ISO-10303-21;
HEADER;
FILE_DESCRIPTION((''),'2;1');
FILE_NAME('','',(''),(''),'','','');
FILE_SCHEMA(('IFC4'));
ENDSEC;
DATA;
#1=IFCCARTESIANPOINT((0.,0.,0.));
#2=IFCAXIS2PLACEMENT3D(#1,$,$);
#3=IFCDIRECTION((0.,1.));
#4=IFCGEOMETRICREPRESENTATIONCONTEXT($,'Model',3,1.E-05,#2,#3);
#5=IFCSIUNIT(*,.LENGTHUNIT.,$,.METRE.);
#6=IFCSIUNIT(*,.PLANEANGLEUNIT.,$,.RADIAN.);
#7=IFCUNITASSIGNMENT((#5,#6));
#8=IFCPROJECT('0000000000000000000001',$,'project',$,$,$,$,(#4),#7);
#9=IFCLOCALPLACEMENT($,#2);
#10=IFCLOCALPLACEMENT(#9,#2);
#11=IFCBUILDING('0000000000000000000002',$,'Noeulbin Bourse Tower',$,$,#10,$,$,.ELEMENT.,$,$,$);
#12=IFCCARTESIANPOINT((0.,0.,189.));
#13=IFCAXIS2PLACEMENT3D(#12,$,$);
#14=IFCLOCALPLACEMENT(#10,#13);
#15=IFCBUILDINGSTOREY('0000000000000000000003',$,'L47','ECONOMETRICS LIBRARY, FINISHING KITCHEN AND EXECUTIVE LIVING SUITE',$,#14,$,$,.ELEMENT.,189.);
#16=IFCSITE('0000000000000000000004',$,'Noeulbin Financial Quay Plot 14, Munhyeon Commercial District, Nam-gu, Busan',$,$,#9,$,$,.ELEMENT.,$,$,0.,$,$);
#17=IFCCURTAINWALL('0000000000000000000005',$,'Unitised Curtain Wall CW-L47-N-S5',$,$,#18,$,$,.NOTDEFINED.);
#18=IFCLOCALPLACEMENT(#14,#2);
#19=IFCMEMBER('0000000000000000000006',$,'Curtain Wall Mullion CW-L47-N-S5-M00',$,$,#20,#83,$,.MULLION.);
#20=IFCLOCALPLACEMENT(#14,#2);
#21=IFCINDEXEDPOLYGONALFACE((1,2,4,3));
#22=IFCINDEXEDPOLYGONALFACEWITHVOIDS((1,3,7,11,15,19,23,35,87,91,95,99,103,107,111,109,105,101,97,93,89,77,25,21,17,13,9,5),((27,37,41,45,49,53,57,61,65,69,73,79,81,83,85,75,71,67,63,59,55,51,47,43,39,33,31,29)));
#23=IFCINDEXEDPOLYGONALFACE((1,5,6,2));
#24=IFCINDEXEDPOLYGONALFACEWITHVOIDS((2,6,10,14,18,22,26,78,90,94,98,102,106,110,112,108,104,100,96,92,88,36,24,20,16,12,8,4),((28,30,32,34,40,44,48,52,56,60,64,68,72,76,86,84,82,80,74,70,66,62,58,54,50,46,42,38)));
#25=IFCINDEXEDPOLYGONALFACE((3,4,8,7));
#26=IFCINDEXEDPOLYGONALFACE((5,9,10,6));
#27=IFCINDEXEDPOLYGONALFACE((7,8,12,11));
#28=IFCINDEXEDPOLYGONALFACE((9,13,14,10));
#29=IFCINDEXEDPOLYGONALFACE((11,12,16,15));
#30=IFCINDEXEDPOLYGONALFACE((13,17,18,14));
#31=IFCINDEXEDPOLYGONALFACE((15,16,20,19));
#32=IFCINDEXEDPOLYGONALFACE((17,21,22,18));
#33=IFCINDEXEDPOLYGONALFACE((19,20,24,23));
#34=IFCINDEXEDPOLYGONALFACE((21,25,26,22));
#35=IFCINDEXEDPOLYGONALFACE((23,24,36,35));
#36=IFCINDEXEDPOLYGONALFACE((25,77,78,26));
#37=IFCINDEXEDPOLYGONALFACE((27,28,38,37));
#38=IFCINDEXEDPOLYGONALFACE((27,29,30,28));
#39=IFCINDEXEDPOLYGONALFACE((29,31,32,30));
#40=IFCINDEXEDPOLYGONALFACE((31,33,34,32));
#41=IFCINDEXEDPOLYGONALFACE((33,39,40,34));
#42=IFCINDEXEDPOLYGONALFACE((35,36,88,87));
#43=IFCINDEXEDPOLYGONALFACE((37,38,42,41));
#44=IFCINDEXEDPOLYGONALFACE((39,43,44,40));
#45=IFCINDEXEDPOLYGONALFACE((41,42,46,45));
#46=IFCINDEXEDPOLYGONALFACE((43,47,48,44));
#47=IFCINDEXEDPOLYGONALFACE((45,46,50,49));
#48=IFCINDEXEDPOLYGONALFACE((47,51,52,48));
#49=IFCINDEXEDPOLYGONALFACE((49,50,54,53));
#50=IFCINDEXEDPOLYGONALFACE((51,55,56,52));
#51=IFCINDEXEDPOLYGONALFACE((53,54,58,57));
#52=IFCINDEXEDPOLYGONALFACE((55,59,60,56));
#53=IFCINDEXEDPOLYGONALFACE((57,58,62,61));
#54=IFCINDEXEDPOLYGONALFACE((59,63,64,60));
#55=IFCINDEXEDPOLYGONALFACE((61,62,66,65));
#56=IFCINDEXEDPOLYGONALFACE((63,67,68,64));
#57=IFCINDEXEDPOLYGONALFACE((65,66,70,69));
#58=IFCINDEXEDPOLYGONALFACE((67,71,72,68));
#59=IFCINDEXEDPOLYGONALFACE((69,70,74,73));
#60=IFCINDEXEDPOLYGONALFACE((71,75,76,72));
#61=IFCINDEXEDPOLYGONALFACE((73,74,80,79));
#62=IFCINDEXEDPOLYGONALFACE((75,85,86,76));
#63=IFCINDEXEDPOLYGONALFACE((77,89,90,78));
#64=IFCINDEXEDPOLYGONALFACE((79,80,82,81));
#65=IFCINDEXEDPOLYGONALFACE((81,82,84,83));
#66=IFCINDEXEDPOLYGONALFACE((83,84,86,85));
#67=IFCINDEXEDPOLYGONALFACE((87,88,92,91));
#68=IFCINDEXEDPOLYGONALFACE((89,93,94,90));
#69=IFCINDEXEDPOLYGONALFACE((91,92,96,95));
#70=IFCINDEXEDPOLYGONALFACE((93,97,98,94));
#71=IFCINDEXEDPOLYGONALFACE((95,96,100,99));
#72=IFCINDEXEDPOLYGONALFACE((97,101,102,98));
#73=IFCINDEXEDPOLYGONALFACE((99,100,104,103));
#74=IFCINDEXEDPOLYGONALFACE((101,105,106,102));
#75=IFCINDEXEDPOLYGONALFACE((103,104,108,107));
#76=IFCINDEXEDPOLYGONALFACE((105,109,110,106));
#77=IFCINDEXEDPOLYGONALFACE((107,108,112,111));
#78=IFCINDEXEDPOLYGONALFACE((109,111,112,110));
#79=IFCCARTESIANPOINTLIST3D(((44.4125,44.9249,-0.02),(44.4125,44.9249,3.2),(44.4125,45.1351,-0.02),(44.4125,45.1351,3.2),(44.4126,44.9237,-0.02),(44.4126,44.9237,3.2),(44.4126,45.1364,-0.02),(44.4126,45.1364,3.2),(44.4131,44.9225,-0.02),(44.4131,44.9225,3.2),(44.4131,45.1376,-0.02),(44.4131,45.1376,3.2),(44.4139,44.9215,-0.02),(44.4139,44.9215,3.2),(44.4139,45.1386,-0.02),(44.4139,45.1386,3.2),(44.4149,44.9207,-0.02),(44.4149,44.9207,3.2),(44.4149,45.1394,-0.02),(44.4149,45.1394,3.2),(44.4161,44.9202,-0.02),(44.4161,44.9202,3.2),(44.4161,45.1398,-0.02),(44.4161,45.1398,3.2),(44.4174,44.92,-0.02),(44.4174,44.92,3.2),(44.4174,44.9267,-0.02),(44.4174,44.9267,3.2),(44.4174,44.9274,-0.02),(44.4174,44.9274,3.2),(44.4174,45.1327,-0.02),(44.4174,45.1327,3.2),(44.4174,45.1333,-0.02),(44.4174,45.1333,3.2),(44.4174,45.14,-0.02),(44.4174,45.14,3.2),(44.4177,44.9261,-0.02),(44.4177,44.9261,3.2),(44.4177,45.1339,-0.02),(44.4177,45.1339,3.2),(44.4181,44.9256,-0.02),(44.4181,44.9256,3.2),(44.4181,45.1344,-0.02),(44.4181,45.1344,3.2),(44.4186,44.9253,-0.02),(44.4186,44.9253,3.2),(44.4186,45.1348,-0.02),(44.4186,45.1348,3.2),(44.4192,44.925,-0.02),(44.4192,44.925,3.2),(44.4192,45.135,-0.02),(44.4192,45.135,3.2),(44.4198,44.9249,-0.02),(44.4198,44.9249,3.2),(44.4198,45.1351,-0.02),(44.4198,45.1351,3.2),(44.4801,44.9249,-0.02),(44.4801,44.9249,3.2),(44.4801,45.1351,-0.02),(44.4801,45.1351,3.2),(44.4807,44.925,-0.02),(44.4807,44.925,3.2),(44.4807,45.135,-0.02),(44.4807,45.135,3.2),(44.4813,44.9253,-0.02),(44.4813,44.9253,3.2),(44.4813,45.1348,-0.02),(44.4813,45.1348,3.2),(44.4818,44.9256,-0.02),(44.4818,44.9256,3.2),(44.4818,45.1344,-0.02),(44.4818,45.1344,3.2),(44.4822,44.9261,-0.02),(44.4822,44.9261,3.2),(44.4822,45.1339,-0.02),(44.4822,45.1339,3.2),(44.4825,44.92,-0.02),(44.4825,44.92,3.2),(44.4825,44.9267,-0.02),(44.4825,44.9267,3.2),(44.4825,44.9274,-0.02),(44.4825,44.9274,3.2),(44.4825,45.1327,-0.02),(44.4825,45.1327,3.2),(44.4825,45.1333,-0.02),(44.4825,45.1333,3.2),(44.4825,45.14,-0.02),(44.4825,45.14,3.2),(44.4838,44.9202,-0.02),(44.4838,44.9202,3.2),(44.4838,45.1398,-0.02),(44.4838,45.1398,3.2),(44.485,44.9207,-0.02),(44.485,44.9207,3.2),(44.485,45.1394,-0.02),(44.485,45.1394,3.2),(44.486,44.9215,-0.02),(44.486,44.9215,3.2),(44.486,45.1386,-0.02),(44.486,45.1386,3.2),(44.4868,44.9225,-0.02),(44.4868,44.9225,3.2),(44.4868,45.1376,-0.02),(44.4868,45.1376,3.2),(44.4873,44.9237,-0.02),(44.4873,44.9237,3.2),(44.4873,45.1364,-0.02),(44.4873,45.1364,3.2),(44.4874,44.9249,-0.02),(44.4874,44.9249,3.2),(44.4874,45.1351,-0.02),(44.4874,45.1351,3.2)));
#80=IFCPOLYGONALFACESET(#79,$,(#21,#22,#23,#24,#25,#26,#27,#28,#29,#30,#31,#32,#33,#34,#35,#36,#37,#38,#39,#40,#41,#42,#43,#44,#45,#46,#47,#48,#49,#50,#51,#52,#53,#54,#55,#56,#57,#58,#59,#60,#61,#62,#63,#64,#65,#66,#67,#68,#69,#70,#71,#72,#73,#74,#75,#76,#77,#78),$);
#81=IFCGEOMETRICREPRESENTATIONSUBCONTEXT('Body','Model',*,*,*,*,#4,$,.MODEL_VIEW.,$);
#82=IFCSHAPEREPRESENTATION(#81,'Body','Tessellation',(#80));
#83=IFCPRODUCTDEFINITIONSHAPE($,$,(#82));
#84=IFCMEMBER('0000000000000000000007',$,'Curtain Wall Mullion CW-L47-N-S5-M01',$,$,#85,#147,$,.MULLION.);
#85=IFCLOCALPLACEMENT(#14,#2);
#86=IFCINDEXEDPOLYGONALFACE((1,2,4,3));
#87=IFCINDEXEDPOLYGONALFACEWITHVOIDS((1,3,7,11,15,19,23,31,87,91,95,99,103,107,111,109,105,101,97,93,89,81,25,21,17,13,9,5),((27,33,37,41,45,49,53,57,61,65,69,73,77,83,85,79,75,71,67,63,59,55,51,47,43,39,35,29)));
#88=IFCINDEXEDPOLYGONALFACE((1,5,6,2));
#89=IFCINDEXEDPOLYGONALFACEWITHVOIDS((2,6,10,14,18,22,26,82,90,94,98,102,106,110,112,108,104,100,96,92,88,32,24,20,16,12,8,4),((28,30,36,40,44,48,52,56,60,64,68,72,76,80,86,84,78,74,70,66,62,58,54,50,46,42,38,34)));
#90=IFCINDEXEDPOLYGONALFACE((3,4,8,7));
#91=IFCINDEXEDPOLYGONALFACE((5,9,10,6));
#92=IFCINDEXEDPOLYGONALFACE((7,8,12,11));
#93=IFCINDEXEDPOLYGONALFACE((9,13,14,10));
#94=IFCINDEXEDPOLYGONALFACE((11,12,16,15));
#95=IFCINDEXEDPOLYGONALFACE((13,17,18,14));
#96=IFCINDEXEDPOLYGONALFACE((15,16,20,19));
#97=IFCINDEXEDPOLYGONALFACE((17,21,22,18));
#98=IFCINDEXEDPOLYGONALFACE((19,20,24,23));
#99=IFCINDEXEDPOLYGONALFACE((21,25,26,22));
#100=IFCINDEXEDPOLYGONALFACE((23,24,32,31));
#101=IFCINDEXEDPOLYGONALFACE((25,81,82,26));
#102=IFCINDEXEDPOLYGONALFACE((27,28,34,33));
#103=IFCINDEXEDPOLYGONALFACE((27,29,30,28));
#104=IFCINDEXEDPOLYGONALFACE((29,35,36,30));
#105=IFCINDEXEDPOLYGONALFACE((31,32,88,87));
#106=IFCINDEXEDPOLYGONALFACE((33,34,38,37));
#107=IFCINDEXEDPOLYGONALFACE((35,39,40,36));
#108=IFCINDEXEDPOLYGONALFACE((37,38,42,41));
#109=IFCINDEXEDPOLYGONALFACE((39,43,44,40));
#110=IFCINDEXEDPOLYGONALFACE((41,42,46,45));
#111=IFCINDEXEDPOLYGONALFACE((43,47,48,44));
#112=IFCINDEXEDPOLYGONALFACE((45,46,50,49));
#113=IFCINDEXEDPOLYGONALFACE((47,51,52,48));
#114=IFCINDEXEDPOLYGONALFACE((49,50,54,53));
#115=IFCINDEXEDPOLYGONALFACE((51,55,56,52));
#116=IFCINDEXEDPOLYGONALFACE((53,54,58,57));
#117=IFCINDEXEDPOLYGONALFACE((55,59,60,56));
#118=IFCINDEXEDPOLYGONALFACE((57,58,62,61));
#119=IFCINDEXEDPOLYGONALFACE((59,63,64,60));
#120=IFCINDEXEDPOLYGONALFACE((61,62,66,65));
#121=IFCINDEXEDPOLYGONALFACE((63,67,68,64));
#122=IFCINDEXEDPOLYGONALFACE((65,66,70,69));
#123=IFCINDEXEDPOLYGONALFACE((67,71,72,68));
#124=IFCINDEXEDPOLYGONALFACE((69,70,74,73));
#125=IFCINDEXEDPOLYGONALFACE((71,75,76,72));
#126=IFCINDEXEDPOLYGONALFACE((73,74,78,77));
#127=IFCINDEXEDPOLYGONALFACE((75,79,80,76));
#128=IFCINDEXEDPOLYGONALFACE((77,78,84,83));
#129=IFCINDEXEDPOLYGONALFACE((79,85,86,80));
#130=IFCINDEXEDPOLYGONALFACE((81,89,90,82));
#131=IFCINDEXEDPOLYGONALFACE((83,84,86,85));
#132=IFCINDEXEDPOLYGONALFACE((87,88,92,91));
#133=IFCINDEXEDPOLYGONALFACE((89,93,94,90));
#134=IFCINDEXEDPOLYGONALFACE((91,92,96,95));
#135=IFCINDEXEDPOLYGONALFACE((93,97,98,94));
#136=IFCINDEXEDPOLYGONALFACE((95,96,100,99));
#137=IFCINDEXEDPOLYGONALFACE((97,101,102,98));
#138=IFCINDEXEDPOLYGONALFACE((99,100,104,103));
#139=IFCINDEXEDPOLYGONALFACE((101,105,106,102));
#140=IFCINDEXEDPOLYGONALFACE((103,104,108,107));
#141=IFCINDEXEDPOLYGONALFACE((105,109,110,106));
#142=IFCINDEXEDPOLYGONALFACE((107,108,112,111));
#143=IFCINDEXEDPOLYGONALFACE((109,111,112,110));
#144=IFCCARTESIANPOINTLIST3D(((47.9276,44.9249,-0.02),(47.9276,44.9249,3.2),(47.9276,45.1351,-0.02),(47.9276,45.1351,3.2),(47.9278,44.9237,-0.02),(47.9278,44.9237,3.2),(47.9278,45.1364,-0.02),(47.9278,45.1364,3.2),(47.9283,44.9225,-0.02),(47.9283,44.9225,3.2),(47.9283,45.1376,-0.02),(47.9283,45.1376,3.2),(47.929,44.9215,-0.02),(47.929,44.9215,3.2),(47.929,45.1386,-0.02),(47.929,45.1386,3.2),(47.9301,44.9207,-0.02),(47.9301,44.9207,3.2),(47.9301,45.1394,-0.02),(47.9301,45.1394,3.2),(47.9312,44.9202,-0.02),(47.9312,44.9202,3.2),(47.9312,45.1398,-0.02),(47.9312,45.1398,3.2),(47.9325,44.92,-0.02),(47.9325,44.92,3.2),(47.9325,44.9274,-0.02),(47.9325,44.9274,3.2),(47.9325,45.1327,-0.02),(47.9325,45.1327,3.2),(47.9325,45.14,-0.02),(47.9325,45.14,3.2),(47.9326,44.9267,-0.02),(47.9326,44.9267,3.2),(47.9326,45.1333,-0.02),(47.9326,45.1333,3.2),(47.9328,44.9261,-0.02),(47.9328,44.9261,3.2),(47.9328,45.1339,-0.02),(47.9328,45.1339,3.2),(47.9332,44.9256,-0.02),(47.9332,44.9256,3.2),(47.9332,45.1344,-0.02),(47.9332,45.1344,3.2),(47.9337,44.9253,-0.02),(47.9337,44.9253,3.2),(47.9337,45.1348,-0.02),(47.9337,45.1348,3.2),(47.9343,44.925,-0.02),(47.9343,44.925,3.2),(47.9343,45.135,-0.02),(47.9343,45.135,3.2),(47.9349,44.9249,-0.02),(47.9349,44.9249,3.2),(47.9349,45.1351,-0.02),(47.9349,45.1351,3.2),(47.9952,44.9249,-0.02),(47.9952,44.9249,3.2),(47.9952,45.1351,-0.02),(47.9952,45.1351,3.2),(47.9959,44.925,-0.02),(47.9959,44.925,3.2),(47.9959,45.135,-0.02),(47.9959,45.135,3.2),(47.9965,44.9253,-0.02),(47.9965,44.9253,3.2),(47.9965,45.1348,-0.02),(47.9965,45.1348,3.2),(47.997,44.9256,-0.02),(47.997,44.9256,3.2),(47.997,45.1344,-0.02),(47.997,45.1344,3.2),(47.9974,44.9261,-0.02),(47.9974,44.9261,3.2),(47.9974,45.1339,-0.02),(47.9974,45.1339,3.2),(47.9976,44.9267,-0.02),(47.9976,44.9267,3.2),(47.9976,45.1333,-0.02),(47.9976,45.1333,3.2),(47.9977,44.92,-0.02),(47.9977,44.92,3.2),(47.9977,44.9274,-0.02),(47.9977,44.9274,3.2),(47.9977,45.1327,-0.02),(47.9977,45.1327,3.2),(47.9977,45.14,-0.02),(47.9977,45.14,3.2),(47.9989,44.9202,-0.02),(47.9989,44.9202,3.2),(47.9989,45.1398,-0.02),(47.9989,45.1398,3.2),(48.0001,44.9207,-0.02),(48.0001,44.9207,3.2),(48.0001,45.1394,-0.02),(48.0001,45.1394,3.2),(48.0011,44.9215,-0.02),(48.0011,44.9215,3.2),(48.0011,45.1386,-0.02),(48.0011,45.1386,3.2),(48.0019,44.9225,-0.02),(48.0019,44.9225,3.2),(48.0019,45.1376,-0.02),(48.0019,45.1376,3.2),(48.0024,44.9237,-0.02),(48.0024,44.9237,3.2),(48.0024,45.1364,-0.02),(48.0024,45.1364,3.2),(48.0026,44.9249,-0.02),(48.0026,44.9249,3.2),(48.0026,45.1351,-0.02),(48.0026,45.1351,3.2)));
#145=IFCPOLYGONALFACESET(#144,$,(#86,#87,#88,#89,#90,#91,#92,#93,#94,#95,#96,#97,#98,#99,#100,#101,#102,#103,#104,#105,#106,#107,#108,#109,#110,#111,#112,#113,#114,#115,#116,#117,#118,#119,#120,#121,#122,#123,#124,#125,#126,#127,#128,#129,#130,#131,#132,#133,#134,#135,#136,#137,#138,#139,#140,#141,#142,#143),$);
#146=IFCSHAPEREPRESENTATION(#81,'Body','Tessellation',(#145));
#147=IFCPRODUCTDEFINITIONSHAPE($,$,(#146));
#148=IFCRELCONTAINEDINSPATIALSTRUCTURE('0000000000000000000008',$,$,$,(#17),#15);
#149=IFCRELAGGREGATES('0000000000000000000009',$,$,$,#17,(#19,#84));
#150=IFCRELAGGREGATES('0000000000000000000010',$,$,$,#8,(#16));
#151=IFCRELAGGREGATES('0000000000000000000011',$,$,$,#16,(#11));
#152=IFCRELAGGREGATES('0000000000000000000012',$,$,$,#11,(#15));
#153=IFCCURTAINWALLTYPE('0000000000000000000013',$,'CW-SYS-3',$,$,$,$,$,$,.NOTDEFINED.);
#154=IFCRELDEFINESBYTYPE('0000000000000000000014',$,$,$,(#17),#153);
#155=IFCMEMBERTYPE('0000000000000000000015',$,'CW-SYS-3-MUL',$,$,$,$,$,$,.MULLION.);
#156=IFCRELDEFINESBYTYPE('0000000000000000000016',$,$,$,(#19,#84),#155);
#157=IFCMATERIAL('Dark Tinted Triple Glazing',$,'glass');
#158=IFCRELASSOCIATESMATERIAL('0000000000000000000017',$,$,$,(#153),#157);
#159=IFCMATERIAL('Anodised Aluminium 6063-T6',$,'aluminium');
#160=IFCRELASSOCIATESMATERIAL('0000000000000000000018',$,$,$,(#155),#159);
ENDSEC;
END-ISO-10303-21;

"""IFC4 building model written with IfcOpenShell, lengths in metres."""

from ifc_helpers import new_model, si_unit, direction, frame, origin, origin_2d, place, context, subcontext, project, spatial, hollow_rectangle, extrude, material, material_profile, profile_set, type_object, element, aggregate, save


model = new_model("IFC4")

# Units and contexts
model_context = context("Model", 3, precision=1e-05, world=origin(), true_north=direction((0.0, 1.0)))
body_context = subcontext(model_context, "Body", "Model", "MODEL_VIEW")
ifc_project = project(units=[si_unit("LENGTHUNIT", "METRE"), si_unit("PLANEANGLEUNIT", "RADIAN")], contexts=[model_context])

# Site, building, storey
site_placement = place(None, origin())
site = spatial("IfcSite", under=ifc_project, at=site_placement, Name="Noeulbin Financial Quay Plot 14, Munhyeon Commercial District, Nam-gu, Busan", CompositionType="ELEMENT", RefElevation=0.0)
building_placement = place(site_placement, origin())
building = spatial("IfcBuilding", under=site, at=building_placement, Name="Noeulbin Bourse Tower", CompositionType="ELEMENT")
storey_placement = place(building_placement, frame((0.0, 0.0, 189.0)))
storey = spatial("IfcBuildingStorey", under=building, at=storey_placement, Name="L47", Description="ECONOMETRICS LIBRARY, FINISHING KITCHEN AND EXECUTIVE LIVING SUITE", CompositionType="ELEMENT", Elevation=189.0)

# Shared definitions
ifc_material_1 = material(Name="Dark Tinted Triple Glazing", Category="glass")
curtain_wall_type = type_object("IfcCurtainWallType", Name="CW-SYS-3", PredefinedType="NOTDEFINED", material=ifc_material_1)
ifc_material_2 = material(Name="Anodised Aluminium 6063-T6", Category="aluminium")
ifc_material_profile_1 = material_profile(ifc_material_2, hollow_rectangle(XDim=0.075, YDim=0.22, WallThickness=0.0049, InnerFilletRadius=0.0024, OuterFilletRadius=0.0049, at=origin_2d()), Name="ALU-MULL-75x220x5", Category="LoadBearing")
ifc_profile_set_1 = profile_set([ifc_material_profile_1], Name="Anodised Aluminium 6063-T6")
member_type_1 = type_object("IfcMemberType", Name="CW-SYS-3-MUL", PredefinedType="MULLION", material=ifc_profile_set_1)

# Curtain wall, members
curtain_wall_1_placement = place(storey_placement, origin())
curtain_wall_1 = element("IfcCurtainWall", 1, at=curtain_wall_1_placement, inside=storey, type_object=curtain_wall_type, Name="Unitised Curtain Wall CW-L47-N-S5", PredefinedType="NOTDEFINED")
member_1_placement = place(storey_placement, frame((44.45, 45.03, -0.02), z_axis=(0.0, 0.0, 1.0), x_axis=(1.0, 0.0, 0.0)))
member_1 = element("IfcMember", 2, at=member_1_placement, type_object=member_type_1, Name="Curtain Wall Mullion CW-L47-N-S5-M00", PredefinedType="MULLION", context=body_context, shape_type="SweptSolid", body=[
    extrude(hollow_rectangle(XDim=0.075, YDim=0.22, WallThickness=0.0049, InnerFilletRadius=0.0024, OuterFilletRadius=0.0049, at=origin_2d()), origin(), (0.0, 0.0, 1.0), 3.22),
])
member_2_placement = place(storey_placement, frame((47.9651, 45.03, -0.02), z_axis=(0.0, 0.0, 1.0), x_axis=(1.0, 0.0, 0.0)))
member_2 = element("IfcMember", 3, at=member_2_placement, type_object=member_type_1, Name="Curtain Wall Mullion CW-L47-N-S5-M01", PredefinedType="MULLION", context=body_context, shape_type="SweptSolid", body=[
    extrude(hollow_rectangle(XDim=0.075, YDim=0.22, WallThickness=0.0049, InnerFilletRadius=0.0024, OuterFilletRadius=0.0049, at=origin_2d()), origin(), (0.0, 0.0, 1.0), 3.22),
])

aggregate(curtain_wall_1, [member_1, member_2])

save(model, "model.ifc")
